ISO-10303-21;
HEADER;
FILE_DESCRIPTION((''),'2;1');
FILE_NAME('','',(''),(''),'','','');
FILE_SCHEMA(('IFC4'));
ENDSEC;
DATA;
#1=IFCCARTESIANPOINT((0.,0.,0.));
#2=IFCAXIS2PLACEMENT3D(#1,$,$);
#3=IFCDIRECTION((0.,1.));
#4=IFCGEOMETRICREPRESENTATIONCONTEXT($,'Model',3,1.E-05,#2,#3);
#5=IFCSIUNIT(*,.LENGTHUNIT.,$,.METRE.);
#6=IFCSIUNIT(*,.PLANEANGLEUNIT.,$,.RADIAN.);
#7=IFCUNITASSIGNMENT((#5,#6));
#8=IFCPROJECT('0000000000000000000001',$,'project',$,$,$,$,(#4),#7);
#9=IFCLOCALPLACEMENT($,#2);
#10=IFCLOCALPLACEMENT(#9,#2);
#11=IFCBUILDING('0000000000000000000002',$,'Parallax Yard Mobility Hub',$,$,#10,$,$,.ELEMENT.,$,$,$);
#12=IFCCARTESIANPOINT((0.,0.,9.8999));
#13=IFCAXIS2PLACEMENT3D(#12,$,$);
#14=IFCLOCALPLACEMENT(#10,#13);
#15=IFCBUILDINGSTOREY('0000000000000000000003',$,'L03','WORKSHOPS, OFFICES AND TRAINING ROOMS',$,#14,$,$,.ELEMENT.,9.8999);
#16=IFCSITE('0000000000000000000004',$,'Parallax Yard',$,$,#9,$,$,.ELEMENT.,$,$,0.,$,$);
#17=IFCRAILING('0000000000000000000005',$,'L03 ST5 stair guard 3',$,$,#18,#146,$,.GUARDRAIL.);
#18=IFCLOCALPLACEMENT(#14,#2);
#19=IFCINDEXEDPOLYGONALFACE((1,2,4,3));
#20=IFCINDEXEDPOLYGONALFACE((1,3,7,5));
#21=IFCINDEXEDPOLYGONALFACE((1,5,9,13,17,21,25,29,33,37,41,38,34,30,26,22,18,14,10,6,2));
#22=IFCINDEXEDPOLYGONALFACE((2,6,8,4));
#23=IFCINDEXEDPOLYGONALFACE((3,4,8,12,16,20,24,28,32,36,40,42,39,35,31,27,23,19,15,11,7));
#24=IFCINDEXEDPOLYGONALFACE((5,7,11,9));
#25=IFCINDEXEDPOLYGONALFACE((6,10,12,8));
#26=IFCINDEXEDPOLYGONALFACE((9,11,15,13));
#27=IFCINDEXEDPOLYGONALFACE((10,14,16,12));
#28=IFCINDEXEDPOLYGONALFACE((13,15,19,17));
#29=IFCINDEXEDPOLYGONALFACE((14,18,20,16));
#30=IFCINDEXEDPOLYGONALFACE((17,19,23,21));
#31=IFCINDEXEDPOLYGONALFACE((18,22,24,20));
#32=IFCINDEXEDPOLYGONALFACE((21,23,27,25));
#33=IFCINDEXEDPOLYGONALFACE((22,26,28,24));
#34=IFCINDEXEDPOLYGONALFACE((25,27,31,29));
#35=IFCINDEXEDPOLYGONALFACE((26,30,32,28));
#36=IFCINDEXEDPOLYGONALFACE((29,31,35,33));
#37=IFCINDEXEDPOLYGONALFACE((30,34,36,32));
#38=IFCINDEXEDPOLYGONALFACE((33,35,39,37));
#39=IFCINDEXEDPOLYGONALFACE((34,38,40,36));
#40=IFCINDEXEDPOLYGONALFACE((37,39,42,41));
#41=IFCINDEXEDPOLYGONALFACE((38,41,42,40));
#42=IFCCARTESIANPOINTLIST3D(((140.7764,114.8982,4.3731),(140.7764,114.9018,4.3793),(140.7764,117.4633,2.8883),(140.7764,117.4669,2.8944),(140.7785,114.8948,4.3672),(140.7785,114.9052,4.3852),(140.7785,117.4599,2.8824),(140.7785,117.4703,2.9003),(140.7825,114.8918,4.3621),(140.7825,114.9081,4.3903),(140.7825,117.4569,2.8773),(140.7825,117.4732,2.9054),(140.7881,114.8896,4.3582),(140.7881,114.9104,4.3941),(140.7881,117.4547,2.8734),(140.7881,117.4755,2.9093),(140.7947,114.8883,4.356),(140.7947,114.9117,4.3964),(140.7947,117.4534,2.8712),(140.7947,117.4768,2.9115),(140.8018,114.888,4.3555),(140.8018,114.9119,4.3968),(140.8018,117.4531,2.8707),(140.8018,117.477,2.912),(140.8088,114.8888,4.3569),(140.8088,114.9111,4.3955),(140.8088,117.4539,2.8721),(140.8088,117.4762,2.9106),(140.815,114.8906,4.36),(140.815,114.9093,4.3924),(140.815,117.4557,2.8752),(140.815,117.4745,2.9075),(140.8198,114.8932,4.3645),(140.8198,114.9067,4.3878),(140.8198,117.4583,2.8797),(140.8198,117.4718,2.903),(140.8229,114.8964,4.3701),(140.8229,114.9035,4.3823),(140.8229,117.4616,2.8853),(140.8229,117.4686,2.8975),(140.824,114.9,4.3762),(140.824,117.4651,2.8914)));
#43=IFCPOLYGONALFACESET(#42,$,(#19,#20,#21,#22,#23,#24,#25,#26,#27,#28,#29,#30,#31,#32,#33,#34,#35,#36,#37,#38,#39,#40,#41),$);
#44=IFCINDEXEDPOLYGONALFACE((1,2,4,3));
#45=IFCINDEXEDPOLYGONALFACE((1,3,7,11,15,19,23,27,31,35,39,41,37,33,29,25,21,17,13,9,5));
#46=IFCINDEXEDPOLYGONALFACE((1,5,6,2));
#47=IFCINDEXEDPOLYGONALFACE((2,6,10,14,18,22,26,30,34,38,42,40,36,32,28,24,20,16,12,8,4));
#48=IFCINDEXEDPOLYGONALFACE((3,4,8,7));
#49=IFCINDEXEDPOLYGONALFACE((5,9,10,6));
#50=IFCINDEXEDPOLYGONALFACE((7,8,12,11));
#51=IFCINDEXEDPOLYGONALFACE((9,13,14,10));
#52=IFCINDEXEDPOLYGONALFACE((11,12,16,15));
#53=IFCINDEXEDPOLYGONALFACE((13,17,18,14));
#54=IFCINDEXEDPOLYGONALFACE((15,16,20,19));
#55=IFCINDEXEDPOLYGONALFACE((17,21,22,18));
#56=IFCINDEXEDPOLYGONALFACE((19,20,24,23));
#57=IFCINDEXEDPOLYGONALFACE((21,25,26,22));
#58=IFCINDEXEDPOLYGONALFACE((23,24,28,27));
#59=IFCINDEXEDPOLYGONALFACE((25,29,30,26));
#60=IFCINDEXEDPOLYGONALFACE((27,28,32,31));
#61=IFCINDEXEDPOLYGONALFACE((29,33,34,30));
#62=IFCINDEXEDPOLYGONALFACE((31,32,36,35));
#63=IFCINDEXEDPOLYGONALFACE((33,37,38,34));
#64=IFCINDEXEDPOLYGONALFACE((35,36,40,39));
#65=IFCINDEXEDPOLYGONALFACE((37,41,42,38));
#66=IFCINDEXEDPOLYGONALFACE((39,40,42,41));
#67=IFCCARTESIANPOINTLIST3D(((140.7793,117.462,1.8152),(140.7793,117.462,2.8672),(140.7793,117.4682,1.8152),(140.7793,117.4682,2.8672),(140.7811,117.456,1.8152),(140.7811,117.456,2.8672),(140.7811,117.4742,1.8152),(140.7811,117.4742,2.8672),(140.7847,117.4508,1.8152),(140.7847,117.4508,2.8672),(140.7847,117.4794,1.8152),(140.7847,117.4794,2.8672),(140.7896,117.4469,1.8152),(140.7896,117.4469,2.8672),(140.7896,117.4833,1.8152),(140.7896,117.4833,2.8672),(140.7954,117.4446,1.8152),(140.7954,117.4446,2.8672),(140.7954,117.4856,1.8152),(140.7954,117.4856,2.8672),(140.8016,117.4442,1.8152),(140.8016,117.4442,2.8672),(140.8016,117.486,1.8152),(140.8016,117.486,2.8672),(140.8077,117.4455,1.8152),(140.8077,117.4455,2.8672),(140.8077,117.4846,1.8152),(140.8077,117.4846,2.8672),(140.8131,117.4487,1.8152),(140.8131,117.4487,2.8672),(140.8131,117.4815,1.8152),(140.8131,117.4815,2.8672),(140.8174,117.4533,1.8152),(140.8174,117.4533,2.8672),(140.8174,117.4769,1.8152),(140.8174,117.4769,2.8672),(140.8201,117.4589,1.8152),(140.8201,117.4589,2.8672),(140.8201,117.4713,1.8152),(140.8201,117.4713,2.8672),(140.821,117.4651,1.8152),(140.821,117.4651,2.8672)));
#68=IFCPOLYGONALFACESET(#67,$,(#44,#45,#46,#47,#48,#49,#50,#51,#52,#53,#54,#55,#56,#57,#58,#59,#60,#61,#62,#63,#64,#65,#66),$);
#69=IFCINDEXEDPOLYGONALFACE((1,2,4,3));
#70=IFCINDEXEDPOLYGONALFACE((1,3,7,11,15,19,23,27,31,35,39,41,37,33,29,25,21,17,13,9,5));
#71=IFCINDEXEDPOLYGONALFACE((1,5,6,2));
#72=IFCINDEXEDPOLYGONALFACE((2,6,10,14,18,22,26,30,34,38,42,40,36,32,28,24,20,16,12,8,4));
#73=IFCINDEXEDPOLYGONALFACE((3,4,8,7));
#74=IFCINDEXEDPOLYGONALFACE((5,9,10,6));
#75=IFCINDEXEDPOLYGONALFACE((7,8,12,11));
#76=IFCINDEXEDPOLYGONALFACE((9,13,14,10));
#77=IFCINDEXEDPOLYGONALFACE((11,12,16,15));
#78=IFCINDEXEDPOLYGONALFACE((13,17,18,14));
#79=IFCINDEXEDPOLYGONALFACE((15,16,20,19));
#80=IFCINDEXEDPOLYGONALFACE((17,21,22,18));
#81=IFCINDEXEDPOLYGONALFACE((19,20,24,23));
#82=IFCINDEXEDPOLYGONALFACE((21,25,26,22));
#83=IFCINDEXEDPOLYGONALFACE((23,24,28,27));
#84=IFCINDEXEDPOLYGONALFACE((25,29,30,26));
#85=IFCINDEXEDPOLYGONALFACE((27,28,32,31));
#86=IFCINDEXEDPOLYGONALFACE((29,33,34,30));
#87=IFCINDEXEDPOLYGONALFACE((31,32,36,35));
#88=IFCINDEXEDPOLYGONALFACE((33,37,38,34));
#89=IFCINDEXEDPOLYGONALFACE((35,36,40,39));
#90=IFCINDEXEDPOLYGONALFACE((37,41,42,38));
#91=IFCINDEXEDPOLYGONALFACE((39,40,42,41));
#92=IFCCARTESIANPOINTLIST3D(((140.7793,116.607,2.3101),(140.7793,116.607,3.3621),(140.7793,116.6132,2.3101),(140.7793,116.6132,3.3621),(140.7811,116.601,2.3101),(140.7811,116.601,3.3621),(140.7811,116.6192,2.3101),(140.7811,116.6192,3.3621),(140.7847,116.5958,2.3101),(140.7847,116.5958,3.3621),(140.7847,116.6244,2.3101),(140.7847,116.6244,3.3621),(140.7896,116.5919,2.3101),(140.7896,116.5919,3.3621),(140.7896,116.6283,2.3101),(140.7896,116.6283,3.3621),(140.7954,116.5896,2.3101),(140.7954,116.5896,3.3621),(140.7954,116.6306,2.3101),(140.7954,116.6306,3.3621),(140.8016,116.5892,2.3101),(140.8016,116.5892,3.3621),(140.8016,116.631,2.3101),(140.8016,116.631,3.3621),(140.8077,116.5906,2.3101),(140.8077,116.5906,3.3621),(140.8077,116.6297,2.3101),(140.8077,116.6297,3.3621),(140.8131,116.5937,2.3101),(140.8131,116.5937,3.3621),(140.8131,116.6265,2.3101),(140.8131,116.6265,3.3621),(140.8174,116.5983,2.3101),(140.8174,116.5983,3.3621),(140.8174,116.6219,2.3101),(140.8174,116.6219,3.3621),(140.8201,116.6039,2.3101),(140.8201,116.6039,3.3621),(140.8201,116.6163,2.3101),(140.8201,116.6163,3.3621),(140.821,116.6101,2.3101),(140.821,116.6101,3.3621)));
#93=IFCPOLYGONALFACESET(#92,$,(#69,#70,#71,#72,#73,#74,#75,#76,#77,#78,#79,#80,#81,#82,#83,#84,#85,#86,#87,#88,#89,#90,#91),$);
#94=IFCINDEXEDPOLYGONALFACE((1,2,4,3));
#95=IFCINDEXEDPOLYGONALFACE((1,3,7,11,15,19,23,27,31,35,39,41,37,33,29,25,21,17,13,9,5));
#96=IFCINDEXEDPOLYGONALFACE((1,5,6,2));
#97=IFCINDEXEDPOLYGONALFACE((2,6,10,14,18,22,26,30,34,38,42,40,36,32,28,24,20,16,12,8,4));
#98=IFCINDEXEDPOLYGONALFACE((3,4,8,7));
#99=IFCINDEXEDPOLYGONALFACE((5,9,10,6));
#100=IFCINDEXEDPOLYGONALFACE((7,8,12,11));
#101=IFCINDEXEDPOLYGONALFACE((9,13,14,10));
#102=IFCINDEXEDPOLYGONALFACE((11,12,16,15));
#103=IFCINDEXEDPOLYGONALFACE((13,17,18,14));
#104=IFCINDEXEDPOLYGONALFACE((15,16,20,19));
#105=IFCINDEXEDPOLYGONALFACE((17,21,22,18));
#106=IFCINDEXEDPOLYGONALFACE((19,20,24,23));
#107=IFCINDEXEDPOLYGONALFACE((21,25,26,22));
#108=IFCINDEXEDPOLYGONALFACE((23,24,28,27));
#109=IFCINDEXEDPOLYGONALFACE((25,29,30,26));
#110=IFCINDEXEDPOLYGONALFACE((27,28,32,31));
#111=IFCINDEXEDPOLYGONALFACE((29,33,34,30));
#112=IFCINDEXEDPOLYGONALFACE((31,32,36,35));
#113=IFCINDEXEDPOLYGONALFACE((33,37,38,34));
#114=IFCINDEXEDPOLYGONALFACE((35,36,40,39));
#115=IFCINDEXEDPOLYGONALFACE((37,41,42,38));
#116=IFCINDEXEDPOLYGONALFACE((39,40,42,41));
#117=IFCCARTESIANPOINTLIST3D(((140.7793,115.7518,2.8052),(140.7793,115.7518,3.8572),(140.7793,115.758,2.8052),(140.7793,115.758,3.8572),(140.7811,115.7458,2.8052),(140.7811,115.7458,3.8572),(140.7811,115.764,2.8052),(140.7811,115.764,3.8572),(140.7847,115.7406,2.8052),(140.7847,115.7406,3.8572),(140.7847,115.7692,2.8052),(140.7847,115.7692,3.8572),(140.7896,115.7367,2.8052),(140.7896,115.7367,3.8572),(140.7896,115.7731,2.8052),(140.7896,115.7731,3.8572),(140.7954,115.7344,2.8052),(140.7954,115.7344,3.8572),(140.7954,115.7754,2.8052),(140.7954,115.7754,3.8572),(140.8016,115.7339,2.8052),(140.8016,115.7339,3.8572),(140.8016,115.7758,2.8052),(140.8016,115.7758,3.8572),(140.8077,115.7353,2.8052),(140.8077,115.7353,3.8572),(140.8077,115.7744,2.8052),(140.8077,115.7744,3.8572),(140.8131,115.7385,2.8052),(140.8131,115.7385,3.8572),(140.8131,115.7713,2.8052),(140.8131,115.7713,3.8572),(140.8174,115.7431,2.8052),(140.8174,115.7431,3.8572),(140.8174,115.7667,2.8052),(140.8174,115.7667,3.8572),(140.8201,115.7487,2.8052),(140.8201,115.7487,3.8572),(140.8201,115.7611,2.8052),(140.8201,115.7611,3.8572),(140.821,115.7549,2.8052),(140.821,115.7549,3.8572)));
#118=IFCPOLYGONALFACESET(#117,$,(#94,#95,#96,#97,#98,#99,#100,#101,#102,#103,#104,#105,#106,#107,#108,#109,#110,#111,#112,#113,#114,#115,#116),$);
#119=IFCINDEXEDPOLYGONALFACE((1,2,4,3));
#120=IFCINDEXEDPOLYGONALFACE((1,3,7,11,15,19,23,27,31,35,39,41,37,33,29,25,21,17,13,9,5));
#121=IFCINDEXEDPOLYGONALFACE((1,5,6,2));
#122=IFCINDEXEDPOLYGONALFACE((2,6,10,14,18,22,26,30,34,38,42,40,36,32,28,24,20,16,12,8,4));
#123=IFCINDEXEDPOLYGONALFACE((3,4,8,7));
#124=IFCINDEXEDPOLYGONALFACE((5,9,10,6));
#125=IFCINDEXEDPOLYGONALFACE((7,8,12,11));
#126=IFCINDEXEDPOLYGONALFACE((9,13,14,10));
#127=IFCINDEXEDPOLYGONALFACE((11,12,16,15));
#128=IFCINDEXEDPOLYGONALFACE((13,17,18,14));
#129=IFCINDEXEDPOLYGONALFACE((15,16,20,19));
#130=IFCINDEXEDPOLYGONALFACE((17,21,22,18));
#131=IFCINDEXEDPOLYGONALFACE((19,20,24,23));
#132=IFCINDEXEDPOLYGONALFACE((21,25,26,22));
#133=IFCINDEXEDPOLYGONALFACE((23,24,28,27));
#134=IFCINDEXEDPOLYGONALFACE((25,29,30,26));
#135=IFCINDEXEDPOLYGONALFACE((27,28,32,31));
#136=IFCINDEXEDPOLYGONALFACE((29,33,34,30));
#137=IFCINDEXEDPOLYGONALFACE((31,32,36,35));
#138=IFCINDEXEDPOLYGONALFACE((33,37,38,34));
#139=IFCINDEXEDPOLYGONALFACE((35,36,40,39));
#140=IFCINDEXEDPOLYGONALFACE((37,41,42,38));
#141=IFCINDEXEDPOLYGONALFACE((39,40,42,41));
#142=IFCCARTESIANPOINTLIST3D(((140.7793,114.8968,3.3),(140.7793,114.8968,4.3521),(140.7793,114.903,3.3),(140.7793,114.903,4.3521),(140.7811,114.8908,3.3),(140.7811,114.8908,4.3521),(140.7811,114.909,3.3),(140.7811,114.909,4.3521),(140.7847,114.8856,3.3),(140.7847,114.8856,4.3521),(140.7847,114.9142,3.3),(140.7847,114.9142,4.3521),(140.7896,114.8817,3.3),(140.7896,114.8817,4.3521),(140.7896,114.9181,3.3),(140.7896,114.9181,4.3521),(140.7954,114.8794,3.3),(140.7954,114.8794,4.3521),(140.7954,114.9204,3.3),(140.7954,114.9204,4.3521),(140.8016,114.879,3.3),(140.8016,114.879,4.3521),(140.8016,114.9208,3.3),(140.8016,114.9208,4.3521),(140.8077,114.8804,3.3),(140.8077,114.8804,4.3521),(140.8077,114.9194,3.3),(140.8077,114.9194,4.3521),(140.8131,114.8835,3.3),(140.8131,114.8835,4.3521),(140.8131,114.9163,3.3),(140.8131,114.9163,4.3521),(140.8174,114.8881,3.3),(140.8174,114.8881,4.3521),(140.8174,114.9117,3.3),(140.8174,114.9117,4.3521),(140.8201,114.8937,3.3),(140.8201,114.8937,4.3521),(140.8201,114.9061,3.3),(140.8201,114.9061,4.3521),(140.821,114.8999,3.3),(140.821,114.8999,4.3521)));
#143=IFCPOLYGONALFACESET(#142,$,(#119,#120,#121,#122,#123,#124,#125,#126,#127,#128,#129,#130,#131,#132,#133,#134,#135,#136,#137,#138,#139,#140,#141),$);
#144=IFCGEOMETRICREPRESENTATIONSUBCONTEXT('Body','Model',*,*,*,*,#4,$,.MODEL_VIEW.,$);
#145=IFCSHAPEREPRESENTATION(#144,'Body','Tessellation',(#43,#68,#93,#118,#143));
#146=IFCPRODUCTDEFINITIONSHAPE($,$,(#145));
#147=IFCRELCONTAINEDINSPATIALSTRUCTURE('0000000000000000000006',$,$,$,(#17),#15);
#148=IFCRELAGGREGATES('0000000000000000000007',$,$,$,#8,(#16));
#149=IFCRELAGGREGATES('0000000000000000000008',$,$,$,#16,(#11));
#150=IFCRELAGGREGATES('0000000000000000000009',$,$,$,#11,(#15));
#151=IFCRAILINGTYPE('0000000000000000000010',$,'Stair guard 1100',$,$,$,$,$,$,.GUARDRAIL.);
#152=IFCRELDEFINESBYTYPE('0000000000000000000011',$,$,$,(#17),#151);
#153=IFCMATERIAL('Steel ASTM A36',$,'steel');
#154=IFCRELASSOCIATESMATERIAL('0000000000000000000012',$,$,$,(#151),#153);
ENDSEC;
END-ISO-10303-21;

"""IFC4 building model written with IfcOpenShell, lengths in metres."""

from ifc_helpers import new_model, si_unit, direction, frame, origin, origin_2d, place, context, subcontext, project, spatial, circle, extrude, material, type_object, element, save


model = new_model("IFC4")

# Units and contexts
model_context = context("Model", 3, precision=1e-05, world=origin(), true_north=direction((0.0, 1.0)))
body_context = subcontext(model_context, "Body", "Model", "MODEL_VIEW")
ifc_project = project(units=[si_unit("LENGTHUNIT", "METRE"), si_unit("PLANEANGLEUNIT", "RADIAN")], contexts=[model_context])

# Site, building, storey
site_placement = place(None, origin())
site = spatial("IfcSite", under=ifc_project, at=site_placement, Name="Parallax Yard", CompositionType="ELEMENT", RefElevation=0.0)
building_placement = place(site_placement, origin())
building = spatial("IfcBuilding", under=site, at=building_placement, Name="Parallax Yard Mobility Hub", CompositionType="ELEMENT")
storey_placement = place(building_placement, frame((0.0, 0.0, 9.8999)))
storey = spatial("IfcBuildingStorey", under=building, at=storey_placement, Name="L03", Description="WORKSHOPS, OFFICES AND TRAINING ROOMS", CompositionType="ELEMENT", Elevation=9.8999)

# Railing
ifc_material_1 = material(Name="Steel ASTM A36", Category="steel")
railing_type_1 = type_object("IfcRailingType", Name="Stair guard 1100", PredefinedType="GUARDRAIL", material=ifc_material_1)
railing_1_placement = place(storey_placement, frame((140.8, 117.4651, 1.8152)))
element("IfcRailing", 1, at=railing_1_placement, inside=storey, type_object=railing_type_1, Name="L03 ST5 stair guard 3", PredefinedType="GUARDRAIL", context=body_context, shape_type="SweptSolid", body=[
    extrude(circle(Radius=0.0239, at=origin_2d()), frame((0.0, 0.0, 1.0762), z_axis=(0.0, -0.865462, 0.500975), x_axis=(1.0, 0.0, 0.0)), (0.0, 0.0, 1.0), 2.9639),
    extrude(circle(Radius=0.021, at=origin_2d()), origin(), (0.0, 0.0, 1.0), 1.052),
    extrude(circle(Radius=0.021, at=origin_2d()), frame((0.0, -0.855, 0.4949)), (0.0, 0.0, 1.0), 1.052),
    extrude(circle(Radius=0.021, at=origin_2d()), frame((0.0, -1.7102, 0.99)), (0.0, 0.0, 1.0), 1.052),
    extrude(circle(Radius=0.021, at=origin_2d()), frame((0.0, -2.5652, 1.4849)), (0.0, 0.0, 1.0), 1.052),
])

save(model, "model.ifc")
